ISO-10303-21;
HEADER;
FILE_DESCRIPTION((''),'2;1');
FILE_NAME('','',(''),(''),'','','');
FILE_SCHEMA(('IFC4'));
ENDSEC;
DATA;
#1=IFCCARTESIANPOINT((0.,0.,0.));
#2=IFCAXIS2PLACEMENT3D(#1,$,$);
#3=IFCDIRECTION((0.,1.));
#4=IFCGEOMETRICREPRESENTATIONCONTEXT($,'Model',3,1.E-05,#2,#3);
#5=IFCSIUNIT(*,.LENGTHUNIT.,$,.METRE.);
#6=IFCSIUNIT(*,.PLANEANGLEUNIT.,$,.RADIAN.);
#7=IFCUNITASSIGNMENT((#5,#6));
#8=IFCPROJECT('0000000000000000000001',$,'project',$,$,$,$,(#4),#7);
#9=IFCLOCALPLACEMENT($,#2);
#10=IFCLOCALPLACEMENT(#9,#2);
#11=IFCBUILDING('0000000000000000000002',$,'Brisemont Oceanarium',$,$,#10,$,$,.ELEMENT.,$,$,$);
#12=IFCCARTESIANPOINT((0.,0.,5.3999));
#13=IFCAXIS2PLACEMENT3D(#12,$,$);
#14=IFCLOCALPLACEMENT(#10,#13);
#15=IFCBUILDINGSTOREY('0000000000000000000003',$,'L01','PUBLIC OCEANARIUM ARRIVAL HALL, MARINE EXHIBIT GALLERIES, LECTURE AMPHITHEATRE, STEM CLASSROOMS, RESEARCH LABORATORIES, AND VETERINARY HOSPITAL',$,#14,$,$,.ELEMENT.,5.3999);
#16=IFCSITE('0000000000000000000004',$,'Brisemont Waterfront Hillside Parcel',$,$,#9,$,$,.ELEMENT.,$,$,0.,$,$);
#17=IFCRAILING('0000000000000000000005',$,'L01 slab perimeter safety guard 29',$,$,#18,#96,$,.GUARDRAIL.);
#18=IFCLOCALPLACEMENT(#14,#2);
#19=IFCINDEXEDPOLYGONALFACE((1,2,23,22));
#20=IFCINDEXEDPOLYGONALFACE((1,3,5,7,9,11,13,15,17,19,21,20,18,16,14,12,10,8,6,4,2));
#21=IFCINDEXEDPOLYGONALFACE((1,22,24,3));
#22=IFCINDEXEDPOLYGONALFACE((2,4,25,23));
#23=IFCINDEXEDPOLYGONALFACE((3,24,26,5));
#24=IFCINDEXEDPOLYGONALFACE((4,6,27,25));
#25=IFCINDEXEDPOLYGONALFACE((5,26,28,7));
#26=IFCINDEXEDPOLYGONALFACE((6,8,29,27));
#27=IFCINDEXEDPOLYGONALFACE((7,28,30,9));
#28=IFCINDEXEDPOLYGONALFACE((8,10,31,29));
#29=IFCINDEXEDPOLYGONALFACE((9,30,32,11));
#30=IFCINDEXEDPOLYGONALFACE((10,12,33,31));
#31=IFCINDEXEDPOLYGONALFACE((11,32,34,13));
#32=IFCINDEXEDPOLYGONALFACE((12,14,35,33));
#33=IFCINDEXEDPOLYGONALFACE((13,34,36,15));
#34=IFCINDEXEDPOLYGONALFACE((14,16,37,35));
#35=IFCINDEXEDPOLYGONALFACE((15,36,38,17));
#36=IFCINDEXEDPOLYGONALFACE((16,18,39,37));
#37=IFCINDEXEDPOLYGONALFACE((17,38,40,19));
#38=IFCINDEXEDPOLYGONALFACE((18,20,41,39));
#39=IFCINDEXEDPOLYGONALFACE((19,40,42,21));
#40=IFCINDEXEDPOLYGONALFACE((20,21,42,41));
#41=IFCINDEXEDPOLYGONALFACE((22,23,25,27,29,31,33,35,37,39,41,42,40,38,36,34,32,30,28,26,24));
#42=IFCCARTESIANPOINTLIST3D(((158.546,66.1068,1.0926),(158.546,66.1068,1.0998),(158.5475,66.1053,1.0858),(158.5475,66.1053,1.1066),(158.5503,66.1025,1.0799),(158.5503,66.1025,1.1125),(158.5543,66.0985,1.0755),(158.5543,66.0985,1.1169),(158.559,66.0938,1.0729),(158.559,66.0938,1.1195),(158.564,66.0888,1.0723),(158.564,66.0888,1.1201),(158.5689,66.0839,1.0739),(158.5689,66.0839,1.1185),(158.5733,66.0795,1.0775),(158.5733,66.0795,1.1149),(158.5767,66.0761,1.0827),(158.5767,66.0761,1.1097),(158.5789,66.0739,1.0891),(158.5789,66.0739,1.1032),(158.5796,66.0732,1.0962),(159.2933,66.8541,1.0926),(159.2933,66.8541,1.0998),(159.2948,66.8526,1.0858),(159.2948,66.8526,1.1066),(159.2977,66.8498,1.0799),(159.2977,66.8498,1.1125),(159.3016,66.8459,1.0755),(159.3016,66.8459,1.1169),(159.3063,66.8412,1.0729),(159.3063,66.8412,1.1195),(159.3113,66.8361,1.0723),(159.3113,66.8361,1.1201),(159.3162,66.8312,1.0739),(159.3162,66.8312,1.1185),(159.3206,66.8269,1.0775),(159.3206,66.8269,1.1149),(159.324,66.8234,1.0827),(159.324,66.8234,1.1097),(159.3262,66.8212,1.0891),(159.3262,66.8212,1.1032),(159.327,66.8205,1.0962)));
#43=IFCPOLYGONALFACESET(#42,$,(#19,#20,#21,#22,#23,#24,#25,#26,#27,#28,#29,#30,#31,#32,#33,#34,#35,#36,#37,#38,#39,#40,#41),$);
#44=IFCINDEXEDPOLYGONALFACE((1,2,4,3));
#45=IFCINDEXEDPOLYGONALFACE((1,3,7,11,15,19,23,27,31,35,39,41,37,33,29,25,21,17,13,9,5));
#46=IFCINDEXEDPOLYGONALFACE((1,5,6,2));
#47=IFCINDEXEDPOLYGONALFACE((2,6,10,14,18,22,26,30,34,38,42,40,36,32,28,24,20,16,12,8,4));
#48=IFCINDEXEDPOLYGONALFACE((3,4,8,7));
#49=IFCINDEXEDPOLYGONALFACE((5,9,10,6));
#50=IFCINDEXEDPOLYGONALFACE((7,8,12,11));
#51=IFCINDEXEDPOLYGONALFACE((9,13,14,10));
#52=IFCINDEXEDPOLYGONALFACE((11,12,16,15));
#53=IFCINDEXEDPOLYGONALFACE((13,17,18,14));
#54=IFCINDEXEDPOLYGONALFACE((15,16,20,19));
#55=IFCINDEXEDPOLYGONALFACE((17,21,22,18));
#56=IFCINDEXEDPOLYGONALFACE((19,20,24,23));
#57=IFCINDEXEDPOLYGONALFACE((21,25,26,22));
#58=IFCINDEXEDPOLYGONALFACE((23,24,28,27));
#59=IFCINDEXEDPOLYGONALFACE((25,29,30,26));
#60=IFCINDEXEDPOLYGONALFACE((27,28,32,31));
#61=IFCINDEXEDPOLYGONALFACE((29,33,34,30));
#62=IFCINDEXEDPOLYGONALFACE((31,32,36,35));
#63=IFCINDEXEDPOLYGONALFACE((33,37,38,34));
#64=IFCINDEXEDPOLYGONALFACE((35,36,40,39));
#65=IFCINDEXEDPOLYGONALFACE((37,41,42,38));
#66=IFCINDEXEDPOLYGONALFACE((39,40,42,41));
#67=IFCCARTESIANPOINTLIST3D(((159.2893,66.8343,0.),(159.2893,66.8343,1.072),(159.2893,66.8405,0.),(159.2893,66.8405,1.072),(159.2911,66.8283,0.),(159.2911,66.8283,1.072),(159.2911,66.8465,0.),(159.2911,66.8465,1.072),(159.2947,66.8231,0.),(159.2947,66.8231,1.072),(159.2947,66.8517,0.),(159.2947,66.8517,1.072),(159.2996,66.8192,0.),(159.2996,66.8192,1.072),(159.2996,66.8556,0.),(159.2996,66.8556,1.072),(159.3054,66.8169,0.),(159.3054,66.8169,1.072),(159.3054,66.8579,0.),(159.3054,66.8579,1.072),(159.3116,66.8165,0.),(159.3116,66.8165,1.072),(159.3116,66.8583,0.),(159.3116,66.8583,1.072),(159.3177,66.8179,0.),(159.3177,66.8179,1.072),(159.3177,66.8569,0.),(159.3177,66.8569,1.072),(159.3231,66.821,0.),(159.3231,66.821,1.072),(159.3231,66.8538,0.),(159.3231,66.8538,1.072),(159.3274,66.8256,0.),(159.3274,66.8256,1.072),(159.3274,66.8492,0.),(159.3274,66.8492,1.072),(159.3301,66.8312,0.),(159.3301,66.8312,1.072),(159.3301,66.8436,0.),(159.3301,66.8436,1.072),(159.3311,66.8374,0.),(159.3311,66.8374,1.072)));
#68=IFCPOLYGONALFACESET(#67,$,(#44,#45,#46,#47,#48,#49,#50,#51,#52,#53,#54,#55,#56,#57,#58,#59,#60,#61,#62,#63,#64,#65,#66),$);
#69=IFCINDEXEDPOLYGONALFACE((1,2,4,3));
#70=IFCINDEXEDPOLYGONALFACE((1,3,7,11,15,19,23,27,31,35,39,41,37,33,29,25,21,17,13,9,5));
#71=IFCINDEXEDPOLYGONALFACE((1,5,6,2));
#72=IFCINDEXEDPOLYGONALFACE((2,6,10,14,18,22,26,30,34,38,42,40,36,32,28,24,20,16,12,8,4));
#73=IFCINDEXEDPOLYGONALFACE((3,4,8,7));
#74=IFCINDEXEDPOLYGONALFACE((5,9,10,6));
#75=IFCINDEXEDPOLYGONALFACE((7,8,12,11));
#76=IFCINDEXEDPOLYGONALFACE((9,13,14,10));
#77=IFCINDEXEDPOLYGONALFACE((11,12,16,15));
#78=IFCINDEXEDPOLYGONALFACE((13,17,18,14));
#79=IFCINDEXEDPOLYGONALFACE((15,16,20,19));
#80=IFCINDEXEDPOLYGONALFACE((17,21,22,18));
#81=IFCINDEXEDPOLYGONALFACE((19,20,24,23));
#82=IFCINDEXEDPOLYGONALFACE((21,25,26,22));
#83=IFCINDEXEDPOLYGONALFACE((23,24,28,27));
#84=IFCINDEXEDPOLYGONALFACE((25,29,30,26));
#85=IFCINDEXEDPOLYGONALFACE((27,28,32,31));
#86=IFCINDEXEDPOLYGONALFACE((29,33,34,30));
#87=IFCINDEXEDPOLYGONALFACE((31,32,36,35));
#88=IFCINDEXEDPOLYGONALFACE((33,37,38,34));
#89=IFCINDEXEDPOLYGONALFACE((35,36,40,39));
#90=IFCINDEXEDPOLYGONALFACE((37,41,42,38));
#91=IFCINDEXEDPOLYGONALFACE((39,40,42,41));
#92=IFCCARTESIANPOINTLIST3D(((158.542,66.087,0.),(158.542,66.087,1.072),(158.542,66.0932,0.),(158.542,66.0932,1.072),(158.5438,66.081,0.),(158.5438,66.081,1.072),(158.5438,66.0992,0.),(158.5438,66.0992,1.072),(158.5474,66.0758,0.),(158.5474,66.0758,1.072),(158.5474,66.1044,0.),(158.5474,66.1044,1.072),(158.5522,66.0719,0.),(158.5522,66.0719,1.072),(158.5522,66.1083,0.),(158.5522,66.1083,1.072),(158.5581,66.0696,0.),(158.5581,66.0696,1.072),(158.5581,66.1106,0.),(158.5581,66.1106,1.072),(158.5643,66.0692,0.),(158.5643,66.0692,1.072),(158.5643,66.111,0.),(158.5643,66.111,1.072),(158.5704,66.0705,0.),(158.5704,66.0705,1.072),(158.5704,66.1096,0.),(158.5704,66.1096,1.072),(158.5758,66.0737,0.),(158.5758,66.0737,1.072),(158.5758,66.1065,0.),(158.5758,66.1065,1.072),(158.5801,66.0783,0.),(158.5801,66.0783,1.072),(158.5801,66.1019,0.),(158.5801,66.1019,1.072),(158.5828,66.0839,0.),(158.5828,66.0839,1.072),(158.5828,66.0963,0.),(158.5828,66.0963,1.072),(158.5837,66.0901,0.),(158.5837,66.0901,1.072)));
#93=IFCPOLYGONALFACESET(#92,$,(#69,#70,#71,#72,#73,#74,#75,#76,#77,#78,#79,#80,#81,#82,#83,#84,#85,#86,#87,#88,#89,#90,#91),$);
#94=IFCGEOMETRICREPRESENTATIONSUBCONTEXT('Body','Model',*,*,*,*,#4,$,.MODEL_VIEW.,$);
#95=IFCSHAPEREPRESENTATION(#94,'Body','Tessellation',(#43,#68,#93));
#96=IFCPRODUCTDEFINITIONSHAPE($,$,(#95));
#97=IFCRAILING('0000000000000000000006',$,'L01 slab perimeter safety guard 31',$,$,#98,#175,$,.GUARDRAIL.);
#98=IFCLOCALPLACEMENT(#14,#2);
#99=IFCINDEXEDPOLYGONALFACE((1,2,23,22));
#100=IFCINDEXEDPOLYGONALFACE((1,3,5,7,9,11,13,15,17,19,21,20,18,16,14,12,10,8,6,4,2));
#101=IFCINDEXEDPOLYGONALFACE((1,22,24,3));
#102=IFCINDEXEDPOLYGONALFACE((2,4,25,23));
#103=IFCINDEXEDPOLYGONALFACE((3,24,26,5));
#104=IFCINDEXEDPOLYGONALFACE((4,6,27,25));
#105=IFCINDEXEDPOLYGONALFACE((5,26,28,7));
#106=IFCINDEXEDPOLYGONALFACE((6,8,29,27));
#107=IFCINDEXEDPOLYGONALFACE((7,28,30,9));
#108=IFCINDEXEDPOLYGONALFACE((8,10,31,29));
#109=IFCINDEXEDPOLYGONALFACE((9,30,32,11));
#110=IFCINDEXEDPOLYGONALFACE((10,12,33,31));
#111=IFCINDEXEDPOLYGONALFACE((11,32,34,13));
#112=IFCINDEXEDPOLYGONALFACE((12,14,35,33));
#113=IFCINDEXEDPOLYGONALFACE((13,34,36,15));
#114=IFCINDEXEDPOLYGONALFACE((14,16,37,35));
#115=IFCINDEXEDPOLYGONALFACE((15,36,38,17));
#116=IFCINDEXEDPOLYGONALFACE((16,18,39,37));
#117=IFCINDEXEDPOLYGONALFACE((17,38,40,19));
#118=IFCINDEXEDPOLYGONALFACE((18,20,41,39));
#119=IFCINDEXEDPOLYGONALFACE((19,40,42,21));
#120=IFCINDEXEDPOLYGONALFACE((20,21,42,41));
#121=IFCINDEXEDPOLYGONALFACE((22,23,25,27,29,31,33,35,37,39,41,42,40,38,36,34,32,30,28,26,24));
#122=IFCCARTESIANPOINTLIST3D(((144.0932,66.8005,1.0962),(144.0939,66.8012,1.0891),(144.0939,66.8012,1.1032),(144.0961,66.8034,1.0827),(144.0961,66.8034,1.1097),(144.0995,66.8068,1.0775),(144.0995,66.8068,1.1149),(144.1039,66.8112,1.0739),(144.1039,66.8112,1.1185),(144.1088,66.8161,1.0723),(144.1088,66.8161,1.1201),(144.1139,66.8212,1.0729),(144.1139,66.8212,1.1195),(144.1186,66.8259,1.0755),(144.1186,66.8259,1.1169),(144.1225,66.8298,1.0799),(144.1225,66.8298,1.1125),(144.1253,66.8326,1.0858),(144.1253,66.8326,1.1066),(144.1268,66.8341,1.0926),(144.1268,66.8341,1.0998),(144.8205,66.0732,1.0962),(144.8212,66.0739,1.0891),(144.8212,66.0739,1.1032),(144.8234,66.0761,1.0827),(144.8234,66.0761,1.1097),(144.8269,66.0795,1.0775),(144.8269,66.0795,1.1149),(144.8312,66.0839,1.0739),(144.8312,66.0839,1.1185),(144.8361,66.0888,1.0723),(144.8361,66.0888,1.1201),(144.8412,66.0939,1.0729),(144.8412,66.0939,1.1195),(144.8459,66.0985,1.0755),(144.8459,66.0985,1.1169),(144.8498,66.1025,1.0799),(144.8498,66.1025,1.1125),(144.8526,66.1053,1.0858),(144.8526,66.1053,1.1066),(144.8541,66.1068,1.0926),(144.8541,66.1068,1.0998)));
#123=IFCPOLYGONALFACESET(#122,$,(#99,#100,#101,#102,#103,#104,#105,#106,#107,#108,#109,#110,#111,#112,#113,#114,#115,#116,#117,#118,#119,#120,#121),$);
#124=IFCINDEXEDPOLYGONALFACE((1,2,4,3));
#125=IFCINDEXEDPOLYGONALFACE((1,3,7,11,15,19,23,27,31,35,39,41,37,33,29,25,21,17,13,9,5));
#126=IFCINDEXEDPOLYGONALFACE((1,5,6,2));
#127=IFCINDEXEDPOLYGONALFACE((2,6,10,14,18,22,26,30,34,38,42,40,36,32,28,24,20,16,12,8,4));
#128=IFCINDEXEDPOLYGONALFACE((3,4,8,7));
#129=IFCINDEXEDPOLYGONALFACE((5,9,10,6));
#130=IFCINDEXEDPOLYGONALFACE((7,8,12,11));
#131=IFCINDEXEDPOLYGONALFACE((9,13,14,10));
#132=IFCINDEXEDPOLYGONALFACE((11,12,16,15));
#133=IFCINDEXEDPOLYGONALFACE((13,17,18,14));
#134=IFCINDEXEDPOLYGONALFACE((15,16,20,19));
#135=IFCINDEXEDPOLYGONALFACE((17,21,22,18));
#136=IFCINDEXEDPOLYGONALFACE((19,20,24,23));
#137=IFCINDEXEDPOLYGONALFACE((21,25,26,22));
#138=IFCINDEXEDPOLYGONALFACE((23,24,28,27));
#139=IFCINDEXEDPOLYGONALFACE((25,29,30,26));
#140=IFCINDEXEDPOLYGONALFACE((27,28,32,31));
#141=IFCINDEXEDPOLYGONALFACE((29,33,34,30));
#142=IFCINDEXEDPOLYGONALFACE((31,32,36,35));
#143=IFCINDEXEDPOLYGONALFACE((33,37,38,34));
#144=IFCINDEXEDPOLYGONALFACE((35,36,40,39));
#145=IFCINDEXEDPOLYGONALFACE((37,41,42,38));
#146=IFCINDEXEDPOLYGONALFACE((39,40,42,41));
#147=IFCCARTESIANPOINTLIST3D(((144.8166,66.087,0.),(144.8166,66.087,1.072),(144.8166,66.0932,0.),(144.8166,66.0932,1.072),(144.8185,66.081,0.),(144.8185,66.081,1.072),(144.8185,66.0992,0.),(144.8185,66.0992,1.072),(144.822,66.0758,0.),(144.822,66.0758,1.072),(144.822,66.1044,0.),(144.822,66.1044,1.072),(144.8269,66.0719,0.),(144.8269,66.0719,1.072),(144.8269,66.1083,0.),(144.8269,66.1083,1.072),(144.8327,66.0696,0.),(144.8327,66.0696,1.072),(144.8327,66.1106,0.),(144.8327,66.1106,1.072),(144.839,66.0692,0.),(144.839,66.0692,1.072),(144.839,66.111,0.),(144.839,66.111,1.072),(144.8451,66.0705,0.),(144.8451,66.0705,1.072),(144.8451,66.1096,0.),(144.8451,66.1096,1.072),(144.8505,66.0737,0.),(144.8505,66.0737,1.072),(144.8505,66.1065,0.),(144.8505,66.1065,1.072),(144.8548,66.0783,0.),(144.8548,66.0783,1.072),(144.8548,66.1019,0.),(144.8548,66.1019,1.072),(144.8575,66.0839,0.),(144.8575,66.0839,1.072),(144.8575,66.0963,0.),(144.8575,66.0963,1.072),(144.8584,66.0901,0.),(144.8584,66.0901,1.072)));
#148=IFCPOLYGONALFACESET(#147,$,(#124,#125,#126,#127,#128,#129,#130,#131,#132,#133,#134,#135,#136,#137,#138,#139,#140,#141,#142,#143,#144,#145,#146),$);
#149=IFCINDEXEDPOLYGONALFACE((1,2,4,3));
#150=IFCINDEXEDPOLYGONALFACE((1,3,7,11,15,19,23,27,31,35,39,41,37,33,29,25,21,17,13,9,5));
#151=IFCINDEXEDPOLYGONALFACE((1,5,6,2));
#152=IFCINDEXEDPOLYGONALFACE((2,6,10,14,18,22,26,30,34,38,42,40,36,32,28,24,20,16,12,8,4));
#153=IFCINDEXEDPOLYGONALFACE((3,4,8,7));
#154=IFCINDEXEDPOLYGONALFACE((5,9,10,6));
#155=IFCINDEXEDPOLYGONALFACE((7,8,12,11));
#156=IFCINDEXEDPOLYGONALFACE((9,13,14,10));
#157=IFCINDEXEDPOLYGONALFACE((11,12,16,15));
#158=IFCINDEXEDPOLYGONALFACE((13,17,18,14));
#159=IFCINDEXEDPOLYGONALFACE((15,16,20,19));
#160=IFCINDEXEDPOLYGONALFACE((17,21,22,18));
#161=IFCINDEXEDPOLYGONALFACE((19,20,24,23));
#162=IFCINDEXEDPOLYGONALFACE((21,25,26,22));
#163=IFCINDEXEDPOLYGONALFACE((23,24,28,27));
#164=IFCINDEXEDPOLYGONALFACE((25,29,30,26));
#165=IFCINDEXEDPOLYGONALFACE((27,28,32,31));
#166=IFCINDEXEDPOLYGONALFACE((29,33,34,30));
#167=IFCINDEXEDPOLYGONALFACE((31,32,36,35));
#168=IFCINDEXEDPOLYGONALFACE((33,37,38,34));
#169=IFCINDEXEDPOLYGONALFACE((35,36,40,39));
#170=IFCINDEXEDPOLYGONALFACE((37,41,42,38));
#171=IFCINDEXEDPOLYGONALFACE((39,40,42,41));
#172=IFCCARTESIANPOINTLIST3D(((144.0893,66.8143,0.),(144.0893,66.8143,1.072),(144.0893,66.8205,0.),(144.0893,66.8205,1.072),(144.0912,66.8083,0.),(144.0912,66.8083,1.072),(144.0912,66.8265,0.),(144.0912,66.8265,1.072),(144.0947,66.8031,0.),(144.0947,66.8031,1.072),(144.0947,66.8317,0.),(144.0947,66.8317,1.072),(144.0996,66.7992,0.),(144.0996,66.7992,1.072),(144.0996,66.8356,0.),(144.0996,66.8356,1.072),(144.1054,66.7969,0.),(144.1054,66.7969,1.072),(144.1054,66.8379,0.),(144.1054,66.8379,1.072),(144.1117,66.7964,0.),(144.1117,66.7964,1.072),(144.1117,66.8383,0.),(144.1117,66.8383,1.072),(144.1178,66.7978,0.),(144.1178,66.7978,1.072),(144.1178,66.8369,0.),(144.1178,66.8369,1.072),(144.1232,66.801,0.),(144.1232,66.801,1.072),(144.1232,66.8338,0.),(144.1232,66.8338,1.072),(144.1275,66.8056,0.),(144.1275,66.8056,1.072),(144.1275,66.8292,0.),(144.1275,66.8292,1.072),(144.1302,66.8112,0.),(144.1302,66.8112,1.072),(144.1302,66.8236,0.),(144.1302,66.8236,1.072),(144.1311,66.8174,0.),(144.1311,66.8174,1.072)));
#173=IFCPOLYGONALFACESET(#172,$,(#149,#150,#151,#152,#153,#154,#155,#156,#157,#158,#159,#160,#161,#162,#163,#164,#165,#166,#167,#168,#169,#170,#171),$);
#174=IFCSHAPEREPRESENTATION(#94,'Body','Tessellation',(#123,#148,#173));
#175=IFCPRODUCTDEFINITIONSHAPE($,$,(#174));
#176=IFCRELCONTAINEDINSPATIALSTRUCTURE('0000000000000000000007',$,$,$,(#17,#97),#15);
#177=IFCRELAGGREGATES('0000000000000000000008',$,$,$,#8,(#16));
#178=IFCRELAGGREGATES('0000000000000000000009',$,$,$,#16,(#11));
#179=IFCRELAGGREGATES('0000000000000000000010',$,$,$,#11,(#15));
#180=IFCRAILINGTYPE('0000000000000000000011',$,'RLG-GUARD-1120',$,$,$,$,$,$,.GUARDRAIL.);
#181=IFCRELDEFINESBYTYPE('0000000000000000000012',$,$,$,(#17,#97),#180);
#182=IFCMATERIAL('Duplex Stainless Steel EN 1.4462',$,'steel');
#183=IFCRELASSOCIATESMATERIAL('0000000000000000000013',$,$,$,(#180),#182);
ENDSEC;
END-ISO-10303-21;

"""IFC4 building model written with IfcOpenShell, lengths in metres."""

from ifc_helpers import new_model, si_unit, direction, frame, origin, origin_2d, place, context, subcontext, project, spatial, circle, extrude, material, type_object, element, save


model = new_model("IFC4")

# Units and contexts
model_context = context("Model", 3, precision=1e-05, world=origin(), true_north=direction((0.0, 1.0)))
body_context = subcontext(model_context, "Body", "Model", "MODEL_VIEW")
ifc_project = project(units=[si_unit("LENGTHUNIT", "METRE"), si_unit("PLANEANGLEUNIT", "RADIAN")], contexts=[model_context])

# Site, building, storey
site_placement = place(None, origin())
site = spatial("IfcSite", under=ifc_project, at=site_placement, Name="Brisemont Waterfront Hillside Parcel", CompositionType="ELEMENT", RefElevation=0.0)
building_placement = place(site_placement, origin())
building = spatial("IfcBuilding", under=site, at=building_placement, Name="Brisemont Oceanarium", CompositionType="ELEMENT")
storey_placement = place(building_placement, frame((0.0, 0.0, 5.3999)))
storey = spatial("IfcBuildingStorey", under=building, at=storey_placement, Name="L01", Description="PUBLIC OCEANARIUM ARRIVAL HALL, MARINE EXHIBIT GALLERIES, LECTURE AMPHITHEATRE, STEM CLASSROOMS, RESEARCH LABORATORIES, AND VETERINARY HOSPITAL", CompositionType="ELEMENT", Elevation=5.3999)

# Railings
ifc_material_1 = material(Name="Duplex Stainless Steel EN 1.4462", Category="steel")
railing_type_1 = type_object("IfcRailingType", Name="RLG-GUARD-1120", PredefinedType="GUARDRAIL", material=ifc_material_1)
railing_1_placement = place(storey_placement, frame((159.3101, 66.8374, 0.0)))
element("IfcRailing", 1, at=railing_1_placement, inside=storey, type_object=railing_type_1, Name="L01 slab perimeter safety guard 29", PredefinedType="GUARDRAIL", context=body_context, shape_type="SweptSolid", body=[
    extrude(circle(Radius=0.0239, at=origin_2d()), frame((0.0, 0.0, 1.0962), z_axis=(-0.707107, -0.707107, 0.0), x_axis=(0.707107, -0.707107, 0.0)), (0.0, 0.0, 1.0), 1.0569),
    extrude(circle(Radius=0.021, at=origin_2d()), origin(), (0.0, 0.0, 1.0), 1.072),
    extrude(circle(Radius=0.021, at=origin_2d()), frame((-0.7473, -0.7473, 0.0)), (0.0, 0.0, 1.0), 1.072),
])
railing_2_placement = place(storey_placement, frame((144.8374, 66.0901, 0.0)))
element("IfcRailing", 2, at=railing_2_placement, inside=storey, type_object=railing_type_1, Name="L01 slab perimeter safety guard 31", PredefinedType="GUARDRAIL", context=body_context, shape_type="SweptSolid", body=[
    extrude(circle(Radius=0.0239, at=origin_2d()), frame((0.0, 0.0, 1.0962), z_axis=(-0.707107, 0.707107, 0.0), x_axis=(-0.707107, -0.707107, 0.0)), (0.0, 0.0, 1.0), 1.0286),
    extrude(circle(Radius=0.021, at=origin_2d()), origin(), (0.0, 0.0, 1.0), 1.072),
    extrude(circle(Radius=0.021, at=origin_2d()), frame((-0.7273, 0.7273, 0.0)), (0.0, 0.0, 1.0), 1.072),
])

save(model, "model.ifc")
